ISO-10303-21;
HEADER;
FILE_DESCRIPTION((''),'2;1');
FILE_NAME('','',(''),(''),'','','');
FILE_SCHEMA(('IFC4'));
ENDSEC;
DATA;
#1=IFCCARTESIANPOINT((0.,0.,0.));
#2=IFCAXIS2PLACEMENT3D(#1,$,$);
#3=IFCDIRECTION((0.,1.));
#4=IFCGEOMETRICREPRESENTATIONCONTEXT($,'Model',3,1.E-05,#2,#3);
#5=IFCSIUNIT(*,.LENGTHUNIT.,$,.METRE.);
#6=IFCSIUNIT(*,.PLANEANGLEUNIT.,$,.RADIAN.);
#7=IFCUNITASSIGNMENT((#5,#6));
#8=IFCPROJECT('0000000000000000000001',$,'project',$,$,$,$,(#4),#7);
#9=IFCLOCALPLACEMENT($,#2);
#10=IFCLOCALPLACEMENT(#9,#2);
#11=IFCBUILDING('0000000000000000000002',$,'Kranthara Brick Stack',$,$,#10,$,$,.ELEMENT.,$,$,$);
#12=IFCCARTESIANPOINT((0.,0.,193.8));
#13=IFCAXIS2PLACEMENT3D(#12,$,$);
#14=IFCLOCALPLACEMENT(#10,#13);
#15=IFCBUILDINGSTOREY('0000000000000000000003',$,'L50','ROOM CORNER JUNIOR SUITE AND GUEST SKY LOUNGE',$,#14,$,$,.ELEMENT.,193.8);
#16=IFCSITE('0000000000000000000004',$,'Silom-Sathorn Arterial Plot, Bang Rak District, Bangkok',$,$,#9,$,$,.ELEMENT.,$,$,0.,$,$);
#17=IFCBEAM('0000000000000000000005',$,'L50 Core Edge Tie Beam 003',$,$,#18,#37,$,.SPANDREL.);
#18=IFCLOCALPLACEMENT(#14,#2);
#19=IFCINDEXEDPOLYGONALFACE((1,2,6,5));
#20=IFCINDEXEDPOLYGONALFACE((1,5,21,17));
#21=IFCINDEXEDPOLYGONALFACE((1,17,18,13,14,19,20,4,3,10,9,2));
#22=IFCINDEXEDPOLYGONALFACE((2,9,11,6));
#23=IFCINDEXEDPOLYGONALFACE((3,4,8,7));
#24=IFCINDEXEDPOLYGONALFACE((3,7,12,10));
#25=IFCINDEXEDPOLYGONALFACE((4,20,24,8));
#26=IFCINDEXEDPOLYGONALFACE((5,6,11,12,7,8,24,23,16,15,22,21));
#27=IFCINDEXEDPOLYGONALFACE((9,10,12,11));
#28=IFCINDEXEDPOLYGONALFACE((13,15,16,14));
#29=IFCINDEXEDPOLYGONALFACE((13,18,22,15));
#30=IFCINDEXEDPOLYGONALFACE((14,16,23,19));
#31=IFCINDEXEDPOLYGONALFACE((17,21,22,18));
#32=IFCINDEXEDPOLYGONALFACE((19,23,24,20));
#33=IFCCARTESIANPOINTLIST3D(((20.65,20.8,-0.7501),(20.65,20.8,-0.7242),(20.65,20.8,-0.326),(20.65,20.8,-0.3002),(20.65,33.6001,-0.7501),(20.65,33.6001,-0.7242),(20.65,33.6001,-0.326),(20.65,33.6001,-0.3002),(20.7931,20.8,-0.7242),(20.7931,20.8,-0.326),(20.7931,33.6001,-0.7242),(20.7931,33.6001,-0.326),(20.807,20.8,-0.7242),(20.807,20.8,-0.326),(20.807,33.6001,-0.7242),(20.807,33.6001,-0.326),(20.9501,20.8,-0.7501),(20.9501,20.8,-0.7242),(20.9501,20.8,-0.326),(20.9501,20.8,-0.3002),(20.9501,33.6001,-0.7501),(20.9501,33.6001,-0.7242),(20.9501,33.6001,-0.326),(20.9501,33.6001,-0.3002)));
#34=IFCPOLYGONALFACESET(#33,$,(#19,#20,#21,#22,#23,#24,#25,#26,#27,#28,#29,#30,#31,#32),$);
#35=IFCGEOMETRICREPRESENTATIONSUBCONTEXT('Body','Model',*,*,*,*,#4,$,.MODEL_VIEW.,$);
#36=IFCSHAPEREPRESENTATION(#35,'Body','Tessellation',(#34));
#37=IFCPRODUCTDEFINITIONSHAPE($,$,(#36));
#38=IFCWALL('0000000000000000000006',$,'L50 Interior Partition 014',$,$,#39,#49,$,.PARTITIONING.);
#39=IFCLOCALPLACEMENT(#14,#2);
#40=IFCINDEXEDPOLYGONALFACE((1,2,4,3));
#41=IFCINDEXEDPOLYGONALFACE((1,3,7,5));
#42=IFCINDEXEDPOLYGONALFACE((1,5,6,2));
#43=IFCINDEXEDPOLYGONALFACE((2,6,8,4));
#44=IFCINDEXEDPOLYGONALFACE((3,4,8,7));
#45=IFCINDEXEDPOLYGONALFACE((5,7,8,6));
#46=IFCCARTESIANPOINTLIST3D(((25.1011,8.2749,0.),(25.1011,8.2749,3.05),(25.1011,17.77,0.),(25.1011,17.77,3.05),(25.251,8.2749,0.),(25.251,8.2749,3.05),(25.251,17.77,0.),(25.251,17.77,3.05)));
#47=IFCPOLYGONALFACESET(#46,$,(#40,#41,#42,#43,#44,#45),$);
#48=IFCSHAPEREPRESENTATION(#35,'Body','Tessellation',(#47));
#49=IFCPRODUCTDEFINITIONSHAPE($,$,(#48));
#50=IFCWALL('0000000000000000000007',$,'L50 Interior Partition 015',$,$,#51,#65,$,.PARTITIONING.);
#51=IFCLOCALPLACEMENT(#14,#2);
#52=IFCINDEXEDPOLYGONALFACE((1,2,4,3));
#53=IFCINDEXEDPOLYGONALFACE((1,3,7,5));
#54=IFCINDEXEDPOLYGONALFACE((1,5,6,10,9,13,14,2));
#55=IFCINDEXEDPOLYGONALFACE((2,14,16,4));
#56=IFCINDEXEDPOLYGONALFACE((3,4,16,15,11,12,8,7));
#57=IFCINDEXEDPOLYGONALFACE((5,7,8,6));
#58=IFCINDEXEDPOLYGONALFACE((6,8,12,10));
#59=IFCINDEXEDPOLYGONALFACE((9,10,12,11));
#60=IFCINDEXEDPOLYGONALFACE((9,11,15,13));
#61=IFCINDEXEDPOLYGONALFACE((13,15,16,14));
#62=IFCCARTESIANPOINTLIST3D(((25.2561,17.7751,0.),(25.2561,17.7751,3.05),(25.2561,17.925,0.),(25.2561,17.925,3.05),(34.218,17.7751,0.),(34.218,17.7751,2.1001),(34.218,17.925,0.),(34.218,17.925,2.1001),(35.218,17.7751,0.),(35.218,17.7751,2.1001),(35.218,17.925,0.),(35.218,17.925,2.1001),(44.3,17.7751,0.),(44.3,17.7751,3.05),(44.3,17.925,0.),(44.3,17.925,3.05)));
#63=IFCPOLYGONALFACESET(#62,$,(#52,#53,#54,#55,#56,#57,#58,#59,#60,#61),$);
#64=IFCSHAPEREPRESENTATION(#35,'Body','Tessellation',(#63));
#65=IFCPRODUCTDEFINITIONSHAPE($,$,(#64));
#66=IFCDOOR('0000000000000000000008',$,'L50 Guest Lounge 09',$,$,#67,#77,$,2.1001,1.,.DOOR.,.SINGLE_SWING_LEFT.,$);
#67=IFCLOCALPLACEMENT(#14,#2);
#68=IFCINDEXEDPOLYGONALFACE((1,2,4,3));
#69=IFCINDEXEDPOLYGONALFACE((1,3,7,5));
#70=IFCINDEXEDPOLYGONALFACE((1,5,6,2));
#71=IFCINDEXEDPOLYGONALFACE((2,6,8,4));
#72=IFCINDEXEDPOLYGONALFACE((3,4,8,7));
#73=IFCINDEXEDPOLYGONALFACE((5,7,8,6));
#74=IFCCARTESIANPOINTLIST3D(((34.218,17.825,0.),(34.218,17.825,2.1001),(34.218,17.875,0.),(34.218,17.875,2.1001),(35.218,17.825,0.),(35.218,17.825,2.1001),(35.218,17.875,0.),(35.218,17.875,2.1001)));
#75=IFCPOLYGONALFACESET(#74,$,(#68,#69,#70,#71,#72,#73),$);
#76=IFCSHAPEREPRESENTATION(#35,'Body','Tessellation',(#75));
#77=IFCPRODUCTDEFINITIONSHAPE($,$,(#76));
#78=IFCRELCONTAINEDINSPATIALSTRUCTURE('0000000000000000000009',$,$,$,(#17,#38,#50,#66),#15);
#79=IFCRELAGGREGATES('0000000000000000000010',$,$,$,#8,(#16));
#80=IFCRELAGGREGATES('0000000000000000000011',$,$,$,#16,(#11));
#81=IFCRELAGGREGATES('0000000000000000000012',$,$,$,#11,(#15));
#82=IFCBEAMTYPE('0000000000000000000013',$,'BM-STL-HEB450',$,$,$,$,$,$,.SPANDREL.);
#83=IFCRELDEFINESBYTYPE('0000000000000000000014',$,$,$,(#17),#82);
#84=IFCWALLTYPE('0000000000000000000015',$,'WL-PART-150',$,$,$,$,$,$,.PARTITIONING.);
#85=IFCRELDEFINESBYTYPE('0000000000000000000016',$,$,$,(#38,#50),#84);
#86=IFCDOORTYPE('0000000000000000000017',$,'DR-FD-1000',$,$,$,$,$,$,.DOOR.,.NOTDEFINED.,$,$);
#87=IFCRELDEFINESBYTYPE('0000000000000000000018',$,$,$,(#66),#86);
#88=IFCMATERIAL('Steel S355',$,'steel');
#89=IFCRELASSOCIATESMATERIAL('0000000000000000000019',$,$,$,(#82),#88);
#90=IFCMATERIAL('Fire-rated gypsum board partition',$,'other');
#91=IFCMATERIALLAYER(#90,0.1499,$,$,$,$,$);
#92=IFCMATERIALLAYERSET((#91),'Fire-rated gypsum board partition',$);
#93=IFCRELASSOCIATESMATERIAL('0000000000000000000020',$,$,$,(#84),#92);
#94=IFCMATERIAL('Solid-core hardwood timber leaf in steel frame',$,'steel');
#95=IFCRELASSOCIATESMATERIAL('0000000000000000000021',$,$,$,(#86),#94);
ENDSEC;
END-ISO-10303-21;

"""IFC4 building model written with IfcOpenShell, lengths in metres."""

from ifc_helpers import new_model, si_unit, direction, frame, frame_2d, origin, origin_2d, place, context, subcontext, project, spatial, rectangle, i_section, extrude, material, layer, layer_set, material_profile, profile_set, type_object, element, fill, save


model = new_model("IFC4")

# Units and contexts
model_context = context("Model", 3, precision=1e-05, world=origin(), true_north=direction((0.0, 1.0)))
body_context = subcontext(model_context, "Body", "Model", "MODEL_VIEW")
ifc_project = project(units=[si_unit("LENGTHUNIT", "METRE"), si_unit("PLANEANGLEUNIT", "RADIAN")], contexts=[model_context])

# Site, building, storey
site_placement = place(None, origin())
site = spatial("IfcSite", under=ifc_project, at=site_placement, Name="Silom-Sathorn Arterial Plot, Bang Rak District, Bangkok", CompositionType="ELEMENT", RefElevation=0.0)
building_placement = place(site_placement, origin())
building = spatial("IfcBuilding", under=site, at=building_placement, Name="Kranthara Brick Stack", CompositionType="ELEMENT")
storey_placement = place(building_placement, frame((0.0, 0.0, 193.8)))
storey = spatial("IfcBuildingStorey", under=building, at=storey_placement, Name="L50", Description="ROOM CORNER JUNIOR SUITE AND GUEST SKY LOUNGE", CompositionType="ELEMENT", Elevation=193.8)

# Beam
ifc_material_1 = material(Name="Steel S355", Category="steel")
ifc_material_profile_1 = material_profile(ifc_material_1, i_section(OverallWidth=0.3, OverallDepth=0.45, WebThickness=0.0139, FlangeThickness=0.0259, at=origin_2d()), Name="HEB 450")
ifc_profile_set_1 = profile_set([ifc_material_profile_1], Name="Steel S355")
beam_type_1 = type_object("IfcBeamType", Name="BM-STL-HEB450", PredefinedType="SPANDREL", material=ifc_profile_set_1)
beam_1_placement = place(storey_placement, frame((20.8, 20.8, -0.5251), z_axis=(0.0, 1.0, 0.0), x_axis=(-1.0, 0.0, 0.0)))
element("IfcBeam", 1, at=beam_1_placement, inside=storey, type_object=beam_type_1, Name="L50 Core Edge Tie Beam 003", PredefinedType="SPANDREL", context=body_context, shape_type="SweptSolid", body=[
    extrude(i_section(OverallWidth=0.3, OverallDepth=0.45, WebThickness=0.0139, FlangeThickness=0.0259, at=origin_2d()), origin(), (0.0, 0.0, 1.0), 12.8),
])

# Wall
ifc_material_2 = material(Name="Fire-rated gypsum board partition", Category="other")
ifc_layer_1 = layer(ifc_material_2, 0.1499)
ifc_layer_set_1 = layer_set([ifc_layer_1], Name="Fire-rated gypsum board partition")
wall_type_1 = type_object("IfcWallType", Name="WL-PART-150", PredefinedType="PARTITIONING", material=ifc_layer_set_1)
wall_1_placement = place(storey_placement, frame((25.176, 8.2749, 0.0), z_axis=(0.0, 0.0, 1.0), x_axis=(0.0, 1.0, 0.0)))
element("IfcWall", 2, at=wall_1_placement, inside=storey, type_object=wall_type_1, Name="L50 Interior Partition 014", PredefinedType="PARTITIONING", context=body_context, shape_type="SweptSolid", body=[
    extrude(rectangle(XDim=9.4951, YDim=0.1499, at=frame_2d((4.7476, 0.0))), origin(), (0.0, 0.0, 1.0), 3.05),
])

# Wall, opening, door
wall_2_placement = place(storey_placement, frame((25.2561, 17.8501, 0.0), z_axis=(0.0, 0.0, 1.0), x_axis=(1.0, 0.0, 0.0)))
wall_2 = element("IfcWall", 3, at=wall_2_placement, inside=storey, type_object=wall_type_1, Name="L50 Interior Partition 015", PredefinedType="PARTITIONING", context=body_context, shape_type="SweptSolid", body=[
    extrude(rectangle(XDim=19.0439, YDim=0.1499, at=frame_2d((9.522, 0.0))), origin(), (0.0, 0.0, 1.0), 3.05),
])
opening_1_placement = place(wall_2_placement, frame((8.9619, 0.0, 0.0)))
opening_1 = element("IfcOpeningElement", 4, at=opening_1_placement, cuts=wall_2, PredefinedType="OPENING", context=body_context, shape_type="SweptSolid", body=[
    extrude(rectangle(XDim=1.0, YDim=2.1001, at=frame_2d((0.5, 1.05))), frame((0.0, 0.085, 0.0), z_axis=(0.0, -1.0, 0.0), x_axis=(1.0, 0.0, 0.0)), (0.0, 0.0, 1.0), 0.1699),
])
ifc_material_3 = material(Name="Solid-core hardwood timber leaf in steel frame", Category="steel")
door_type_1 = type_object("IfcDoorType", Name="DR-FD-1000", OperationType="NOTDEFINED", PredefinedType="DOOR", material=ifc_material_3)
door_1_placement = place(opening_1_placement, origin())
door_1 = element("IfcDoor", 5, at=door_1_placement, inside=storey, type_object=door_type_1, Name="L50 Guest Lounge 09", OperationType="SINGLE_SWING_LEFT", OverallHeight=2.1001, OverallWidth=1.0, PredefinedType="DOOR", context=body_context, shape_type="SweptSolid", body=[
    extrude(rectangle(XDim=1.0, YDim=2.1001, at=frame_2d((0.5, 1.05))), frame((0.0, 0.0249, 0.0), z_axis=(0.0, -1.0, 0.0), x_axis=(1.0, 0.0, 0.0)), (0.0, 0.0, 1.0), 0.05),
])
fill(opening_1, door_1)

save(model, "model.ifc")
